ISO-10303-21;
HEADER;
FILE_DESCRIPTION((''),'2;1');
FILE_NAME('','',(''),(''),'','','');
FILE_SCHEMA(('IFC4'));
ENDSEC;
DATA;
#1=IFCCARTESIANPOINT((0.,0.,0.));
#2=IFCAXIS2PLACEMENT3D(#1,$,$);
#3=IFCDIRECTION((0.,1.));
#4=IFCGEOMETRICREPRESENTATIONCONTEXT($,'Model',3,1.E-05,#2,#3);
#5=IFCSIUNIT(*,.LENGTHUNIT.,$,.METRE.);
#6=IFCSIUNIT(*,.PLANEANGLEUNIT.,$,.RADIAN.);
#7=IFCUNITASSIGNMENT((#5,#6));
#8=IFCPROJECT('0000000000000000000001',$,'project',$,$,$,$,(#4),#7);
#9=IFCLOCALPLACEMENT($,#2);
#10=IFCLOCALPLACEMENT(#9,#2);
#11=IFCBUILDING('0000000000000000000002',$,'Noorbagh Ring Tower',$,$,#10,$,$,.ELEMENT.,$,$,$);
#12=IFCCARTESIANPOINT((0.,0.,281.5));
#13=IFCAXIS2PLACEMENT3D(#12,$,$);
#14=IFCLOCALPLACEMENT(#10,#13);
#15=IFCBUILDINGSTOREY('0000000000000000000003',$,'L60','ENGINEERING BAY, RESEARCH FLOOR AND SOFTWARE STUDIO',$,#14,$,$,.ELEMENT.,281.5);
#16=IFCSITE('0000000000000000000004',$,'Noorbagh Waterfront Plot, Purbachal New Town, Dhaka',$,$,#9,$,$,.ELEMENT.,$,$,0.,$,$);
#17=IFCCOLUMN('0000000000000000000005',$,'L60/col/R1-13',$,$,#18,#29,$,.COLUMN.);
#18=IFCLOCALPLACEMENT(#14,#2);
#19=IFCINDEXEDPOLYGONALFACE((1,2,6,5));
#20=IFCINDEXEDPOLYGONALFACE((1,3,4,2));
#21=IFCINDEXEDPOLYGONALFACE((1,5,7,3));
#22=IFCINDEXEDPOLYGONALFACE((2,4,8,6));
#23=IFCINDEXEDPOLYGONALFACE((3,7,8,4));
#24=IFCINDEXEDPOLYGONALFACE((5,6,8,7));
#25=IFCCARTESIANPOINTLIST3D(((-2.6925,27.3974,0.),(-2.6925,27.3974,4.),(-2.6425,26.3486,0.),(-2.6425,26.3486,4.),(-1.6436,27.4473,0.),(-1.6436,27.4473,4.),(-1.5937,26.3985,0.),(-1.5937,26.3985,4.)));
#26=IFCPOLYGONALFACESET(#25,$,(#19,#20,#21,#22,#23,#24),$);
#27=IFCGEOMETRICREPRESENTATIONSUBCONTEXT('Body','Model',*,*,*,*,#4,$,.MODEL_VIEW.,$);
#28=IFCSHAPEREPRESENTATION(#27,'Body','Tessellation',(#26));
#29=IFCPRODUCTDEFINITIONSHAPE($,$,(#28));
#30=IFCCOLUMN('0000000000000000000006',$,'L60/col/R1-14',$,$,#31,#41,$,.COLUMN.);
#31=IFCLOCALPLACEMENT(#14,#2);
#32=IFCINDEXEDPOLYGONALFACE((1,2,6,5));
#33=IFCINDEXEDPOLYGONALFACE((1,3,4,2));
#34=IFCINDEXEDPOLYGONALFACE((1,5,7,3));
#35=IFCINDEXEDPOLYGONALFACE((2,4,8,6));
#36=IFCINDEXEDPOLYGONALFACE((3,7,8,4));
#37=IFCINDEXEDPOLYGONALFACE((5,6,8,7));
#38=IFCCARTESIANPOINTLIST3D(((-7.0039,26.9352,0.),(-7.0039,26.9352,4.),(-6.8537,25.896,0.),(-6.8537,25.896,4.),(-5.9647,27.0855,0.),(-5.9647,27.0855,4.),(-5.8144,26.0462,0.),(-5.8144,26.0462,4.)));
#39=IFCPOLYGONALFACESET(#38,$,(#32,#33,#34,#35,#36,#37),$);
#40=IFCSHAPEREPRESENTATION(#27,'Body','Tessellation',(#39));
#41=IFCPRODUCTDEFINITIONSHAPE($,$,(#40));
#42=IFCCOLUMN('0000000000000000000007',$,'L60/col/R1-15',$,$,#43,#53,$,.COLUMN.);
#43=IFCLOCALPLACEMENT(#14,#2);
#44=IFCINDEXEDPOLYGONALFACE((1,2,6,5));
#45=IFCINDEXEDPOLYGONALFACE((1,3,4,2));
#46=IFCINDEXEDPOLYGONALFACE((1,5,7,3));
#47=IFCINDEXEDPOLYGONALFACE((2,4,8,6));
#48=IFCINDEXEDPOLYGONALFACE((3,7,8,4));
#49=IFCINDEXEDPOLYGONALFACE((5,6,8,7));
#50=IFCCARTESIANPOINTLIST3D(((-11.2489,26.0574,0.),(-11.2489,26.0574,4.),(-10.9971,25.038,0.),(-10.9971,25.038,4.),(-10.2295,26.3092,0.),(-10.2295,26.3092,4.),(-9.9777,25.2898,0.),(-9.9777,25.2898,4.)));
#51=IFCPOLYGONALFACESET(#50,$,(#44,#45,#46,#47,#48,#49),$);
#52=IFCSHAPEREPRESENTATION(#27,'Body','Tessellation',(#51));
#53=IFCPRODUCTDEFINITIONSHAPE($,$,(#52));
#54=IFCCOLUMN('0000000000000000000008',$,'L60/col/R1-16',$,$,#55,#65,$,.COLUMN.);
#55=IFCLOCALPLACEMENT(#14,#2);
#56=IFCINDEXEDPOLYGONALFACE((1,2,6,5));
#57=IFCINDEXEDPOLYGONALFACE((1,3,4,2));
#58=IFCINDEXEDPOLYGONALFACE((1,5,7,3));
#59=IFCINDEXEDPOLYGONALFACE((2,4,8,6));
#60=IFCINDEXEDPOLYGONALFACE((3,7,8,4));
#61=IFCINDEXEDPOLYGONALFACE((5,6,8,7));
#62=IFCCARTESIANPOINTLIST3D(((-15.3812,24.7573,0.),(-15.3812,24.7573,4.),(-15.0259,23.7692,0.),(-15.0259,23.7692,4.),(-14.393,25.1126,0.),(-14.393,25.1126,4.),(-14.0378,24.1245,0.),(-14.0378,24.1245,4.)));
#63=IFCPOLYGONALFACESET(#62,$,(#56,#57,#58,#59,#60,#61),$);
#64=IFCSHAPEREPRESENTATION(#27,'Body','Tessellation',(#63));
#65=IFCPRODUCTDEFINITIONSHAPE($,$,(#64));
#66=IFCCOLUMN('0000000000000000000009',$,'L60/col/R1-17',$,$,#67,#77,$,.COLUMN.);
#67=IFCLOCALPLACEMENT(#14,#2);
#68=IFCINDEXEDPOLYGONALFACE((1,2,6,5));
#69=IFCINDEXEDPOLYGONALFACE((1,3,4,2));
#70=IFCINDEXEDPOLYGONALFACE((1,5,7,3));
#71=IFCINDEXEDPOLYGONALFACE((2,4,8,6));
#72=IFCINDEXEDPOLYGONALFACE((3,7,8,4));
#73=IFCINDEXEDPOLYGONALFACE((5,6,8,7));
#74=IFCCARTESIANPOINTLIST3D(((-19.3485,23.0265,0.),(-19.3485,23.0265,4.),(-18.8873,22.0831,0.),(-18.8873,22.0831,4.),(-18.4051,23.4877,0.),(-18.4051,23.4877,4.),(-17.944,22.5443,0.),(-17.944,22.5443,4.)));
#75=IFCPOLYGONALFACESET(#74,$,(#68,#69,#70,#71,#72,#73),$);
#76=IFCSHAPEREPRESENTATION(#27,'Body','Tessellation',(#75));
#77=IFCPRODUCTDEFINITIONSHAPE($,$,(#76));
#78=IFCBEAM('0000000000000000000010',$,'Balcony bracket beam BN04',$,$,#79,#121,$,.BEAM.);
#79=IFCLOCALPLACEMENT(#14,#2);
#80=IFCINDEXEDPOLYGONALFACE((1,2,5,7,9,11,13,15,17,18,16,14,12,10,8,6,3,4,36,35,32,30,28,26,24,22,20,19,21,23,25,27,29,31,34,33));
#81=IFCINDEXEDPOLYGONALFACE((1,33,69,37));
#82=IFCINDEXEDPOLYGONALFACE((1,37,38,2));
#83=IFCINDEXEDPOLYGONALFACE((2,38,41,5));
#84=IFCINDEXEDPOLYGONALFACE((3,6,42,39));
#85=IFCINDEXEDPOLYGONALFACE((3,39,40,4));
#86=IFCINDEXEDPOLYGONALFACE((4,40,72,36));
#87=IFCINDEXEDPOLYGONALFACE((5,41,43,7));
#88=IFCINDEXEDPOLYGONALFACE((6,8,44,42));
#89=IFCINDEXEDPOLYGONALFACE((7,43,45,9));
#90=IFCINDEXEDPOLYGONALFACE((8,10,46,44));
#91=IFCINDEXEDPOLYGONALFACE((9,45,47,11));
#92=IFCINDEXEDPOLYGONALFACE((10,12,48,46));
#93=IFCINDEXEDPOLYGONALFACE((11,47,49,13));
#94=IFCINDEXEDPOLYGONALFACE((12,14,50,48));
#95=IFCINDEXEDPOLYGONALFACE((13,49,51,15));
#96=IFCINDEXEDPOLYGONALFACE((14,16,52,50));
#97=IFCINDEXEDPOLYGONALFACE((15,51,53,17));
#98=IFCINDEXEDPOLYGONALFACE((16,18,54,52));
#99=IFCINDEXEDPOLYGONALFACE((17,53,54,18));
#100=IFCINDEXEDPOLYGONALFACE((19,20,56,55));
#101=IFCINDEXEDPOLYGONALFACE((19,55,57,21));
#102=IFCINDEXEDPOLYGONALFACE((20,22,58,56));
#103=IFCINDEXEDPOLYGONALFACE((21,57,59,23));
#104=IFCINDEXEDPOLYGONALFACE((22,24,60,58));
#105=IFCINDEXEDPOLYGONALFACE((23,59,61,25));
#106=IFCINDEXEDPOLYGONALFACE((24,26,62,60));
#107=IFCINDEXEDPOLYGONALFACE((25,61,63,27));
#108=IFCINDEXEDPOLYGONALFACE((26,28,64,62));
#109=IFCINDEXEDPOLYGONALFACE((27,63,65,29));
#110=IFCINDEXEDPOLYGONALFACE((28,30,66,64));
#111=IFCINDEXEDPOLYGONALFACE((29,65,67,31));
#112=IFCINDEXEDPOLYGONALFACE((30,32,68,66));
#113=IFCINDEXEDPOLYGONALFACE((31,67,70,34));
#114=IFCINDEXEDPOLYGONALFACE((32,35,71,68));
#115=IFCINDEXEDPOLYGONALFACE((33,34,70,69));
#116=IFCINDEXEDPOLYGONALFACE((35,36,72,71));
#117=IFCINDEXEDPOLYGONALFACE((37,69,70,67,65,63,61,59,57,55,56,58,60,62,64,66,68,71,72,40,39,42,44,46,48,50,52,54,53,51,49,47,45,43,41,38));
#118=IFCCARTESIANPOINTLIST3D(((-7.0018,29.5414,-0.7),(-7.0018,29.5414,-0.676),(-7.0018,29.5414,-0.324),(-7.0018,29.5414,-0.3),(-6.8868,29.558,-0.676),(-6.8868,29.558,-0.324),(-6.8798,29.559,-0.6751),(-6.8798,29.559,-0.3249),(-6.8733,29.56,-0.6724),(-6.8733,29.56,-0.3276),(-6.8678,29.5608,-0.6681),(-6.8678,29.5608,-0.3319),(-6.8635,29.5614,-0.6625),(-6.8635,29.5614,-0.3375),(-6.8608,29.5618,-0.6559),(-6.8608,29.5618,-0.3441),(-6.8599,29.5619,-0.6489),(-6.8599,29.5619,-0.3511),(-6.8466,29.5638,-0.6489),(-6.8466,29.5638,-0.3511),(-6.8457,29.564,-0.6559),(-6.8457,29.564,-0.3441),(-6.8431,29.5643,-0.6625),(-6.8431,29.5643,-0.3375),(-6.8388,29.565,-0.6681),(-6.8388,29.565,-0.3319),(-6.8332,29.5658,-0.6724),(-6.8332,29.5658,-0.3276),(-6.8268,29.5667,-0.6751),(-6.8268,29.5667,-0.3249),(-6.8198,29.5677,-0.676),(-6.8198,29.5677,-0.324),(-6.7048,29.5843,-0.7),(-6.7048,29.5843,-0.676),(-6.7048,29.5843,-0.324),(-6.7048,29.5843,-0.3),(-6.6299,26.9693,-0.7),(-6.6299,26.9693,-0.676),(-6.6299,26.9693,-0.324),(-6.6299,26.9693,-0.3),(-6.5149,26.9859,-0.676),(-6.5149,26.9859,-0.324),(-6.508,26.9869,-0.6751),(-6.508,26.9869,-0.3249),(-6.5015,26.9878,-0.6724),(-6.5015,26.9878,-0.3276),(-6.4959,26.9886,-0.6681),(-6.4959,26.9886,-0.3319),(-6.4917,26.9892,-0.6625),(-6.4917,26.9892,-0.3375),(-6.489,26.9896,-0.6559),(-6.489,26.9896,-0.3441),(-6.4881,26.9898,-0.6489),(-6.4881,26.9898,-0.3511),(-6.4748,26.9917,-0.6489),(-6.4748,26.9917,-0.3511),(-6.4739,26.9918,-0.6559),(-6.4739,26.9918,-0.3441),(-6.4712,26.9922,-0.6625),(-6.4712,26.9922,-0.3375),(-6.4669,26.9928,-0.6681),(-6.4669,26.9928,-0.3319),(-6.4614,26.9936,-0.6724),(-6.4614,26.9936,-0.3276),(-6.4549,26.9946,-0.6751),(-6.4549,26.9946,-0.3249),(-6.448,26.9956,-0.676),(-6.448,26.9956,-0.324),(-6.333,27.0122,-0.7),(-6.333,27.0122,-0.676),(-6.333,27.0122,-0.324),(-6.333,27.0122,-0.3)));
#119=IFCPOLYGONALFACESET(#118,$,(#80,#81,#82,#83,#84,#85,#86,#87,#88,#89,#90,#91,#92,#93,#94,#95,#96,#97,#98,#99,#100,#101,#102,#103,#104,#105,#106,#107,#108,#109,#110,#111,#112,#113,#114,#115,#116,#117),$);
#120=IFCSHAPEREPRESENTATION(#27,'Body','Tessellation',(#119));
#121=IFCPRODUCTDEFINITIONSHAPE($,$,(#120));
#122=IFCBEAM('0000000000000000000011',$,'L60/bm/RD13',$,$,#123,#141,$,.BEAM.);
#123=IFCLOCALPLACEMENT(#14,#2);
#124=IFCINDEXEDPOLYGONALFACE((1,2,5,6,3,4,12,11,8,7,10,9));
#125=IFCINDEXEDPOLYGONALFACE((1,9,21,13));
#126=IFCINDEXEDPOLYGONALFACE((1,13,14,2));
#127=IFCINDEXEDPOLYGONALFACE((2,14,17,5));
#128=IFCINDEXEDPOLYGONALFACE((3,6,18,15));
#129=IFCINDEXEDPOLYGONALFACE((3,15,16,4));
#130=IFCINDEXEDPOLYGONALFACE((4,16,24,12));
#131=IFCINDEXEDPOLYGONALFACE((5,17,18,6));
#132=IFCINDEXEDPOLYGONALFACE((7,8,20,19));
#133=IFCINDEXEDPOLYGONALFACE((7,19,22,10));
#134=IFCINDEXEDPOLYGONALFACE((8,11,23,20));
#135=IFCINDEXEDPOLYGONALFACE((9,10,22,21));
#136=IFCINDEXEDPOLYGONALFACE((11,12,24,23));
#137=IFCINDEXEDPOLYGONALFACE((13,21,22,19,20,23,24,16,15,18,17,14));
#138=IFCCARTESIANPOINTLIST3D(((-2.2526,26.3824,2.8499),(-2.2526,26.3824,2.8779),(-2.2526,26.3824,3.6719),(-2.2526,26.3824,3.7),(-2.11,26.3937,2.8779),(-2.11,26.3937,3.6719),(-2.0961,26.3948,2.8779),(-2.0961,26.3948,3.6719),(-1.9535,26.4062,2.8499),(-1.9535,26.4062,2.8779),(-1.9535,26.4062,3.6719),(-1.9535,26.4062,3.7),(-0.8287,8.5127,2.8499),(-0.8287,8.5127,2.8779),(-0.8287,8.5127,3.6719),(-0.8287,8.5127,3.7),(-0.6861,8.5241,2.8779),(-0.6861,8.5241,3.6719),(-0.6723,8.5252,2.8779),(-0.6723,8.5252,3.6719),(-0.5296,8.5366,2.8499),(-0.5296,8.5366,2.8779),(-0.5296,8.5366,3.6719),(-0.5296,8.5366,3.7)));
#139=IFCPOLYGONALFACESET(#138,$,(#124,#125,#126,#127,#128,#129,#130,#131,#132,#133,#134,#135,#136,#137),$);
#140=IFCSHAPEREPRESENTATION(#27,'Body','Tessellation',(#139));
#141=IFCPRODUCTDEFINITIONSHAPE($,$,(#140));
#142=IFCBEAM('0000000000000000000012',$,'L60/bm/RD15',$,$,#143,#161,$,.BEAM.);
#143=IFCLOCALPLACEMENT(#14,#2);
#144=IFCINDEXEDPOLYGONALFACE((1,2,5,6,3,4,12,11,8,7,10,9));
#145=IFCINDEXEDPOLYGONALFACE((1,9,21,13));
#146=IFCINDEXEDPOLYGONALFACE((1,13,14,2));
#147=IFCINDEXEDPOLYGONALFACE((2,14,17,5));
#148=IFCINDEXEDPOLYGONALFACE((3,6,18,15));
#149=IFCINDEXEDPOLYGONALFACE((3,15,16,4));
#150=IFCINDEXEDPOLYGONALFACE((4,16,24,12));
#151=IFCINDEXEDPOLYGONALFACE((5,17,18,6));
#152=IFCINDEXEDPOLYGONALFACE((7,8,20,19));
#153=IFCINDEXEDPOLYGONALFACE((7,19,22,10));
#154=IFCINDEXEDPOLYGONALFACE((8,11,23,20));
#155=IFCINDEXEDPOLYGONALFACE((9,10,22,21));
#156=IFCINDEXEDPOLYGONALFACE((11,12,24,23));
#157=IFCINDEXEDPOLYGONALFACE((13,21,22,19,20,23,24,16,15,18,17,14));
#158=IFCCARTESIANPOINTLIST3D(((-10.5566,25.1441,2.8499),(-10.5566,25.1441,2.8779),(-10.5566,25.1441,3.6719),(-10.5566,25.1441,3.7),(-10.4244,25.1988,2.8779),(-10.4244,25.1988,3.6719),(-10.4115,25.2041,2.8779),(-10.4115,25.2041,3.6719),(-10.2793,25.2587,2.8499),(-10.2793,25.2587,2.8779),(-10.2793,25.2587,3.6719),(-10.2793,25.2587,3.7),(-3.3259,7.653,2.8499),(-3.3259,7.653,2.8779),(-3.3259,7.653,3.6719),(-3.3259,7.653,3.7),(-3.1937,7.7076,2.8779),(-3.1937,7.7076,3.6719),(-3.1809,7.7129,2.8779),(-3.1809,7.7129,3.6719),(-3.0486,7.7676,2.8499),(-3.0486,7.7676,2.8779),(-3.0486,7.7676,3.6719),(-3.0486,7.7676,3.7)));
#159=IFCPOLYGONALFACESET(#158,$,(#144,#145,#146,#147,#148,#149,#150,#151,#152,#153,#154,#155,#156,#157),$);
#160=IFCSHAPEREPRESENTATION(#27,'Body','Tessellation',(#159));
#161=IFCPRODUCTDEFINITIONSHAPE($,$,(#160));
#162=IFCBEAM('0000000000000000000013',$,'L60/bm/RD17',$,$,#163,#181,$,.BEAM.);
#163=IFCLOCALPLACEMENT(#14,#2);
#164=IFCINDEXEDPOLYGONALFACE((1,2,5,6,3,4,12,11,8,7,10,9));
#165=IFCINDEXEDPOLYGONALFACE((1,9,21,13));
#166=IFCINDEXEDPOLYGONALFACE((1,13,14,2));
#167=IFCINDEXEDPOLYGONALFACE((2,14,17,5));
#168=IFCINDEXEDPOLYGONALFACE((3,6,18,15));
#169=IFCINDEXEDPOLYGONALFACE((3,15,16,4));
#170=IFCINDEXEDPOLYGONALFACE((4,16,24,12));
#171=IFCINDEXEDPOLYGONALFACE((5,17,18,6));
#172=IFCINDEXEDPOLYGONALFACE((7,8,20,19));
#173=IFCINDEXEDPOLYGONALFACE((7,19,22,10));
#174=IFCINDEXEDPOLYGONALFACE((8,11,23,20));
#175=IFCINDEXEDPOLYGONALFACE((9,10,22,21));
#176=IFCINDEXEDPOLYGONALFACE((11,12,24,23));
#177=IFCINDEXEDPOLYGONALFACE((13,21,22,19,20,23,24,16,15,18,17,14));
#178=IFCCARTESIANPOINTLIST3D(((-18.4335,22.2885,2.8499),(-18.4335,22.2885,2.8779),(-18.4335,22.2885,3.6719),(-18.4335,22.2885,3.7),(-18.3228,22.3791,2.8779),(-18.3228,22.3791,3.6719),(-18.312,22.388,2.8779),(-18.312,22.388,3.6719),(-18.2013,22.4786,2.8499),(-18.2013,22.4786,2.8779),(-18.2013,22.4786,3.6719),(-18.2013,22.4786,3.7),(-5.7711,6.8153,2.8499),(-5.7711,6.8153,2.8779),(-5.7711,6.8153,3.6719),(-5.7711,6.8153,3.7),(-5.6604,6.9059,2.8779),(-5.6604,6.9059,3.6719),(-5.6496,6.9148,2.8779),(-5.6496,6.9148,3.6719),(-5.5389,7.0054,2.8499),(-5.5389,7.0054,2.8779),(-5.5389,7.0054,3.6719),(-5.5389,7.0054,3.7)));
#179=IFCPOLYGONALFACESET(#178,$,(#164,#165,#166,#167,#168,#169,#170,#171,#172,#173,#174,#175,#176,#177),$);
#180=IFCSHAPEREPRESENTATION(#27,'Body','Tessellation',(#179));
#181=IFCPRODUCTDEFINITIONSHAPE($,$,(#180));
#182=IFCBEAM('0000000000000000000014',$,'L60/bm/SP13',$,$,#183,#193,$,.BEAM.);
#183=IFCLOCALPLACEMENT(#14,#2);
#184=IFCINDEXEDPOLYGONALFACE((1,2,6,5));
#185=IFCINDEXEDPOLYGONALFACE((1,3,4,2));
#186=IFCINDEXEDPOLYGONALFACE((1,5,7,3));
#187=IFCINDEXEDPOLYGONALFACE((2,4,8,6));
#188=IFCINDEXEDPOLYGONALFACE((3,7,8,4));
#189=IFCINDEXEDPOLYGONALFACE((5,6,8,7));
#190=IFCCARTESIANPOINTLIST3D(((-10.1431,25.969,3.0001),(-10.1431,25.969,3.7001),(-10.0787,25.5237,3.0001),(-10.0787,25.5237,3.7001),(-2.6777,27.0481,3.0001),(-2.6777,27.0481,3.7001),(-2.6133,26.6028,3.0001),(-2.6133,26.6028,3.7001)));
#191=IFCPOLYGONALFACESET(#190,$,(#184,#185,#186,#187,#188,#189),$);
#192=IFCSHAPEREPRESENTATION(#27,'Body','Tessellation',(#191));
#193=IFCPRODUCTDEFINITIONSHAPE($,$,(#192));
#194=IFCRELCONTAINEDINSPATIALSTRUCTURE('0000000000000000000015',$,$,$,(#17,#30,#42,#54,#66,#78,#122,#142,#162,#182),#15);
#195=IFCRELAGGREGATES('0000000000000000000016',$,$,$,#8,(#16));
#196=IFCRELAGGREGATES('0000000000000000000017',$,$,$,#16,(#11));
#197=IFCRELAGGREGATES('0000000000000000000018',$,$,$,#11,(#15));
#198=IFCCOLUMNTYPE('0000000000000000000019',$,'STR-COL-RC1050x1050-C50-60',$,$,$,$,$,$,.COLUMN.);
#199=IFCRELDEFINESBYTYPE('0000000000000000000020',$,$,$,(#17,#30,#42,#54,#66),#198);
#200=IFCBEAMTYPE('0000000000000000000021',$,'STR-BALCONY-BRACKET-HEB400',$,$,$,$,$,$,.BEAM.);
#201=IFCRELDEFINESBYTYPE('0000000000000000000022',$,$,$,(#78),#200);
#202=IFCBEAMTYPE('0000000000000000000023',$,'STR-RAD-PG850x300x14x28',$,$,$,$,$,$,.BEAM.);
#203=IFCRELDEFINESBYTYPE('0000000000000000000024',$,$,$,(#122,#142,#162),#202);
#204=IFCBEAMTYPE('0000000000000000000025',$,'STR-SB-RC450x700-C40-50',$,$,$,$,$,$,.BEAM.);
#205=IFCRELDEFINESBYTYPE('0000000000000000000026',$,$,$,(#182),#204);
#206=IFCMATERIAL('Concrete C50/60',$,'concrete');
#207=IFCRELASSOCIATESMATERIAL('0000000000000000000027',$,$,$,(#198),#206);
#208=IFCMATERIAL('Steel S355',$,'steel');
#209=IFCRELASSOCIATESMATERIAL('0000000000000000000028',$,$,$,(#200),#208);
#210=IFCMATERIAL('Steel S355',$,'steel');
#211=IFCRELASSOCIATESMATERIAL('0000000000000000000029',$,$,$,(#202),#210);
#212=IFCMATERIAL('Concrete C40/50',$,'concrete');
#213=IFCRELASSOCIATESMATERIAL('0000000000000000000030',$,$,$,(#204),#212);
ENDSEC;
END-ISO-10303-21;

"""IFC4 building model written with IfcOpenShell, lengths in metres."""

from ifc_helpers import new_model, si_unit, direction, frame, origin, origin_2d, place, context, subcontext, project, spatial, rectangle, i_section, extrude, material, material_profile, profile_set, type_object, element, save


model = new_model("IFC4")

# Units and contexts
model_context = context("Model", 3, precision=1e-05, world=origin(), true_north=direction((0.0, 1.0)))
body_context = subcontext(model_context, "Body", "Model", "MODEL_VIEW")
ifc_project = project(units=[si_unit("LENGTHUNIT", "METRE"), si_unit("PLANEANGLEUNIT", "RADIAN")], contexts=[model_context])

# Site, building, storey
site_placement = place(None, origin())
site = spatial("IfcSite", under=ifc_project, at=site_placement, Name="Noorbagh Waterfront Plot, Purbachal New Town, Dhaka", CompositionType="ELEMENT", RefElevation=0.0)
building_placement = place(site_placement, origin())
building = spatial("IfcBuilding", under=site, at=building_placement, Name="Noorbagh Ring Tower", CompositionType="ELEMENT")
storey_placement = place(building_placement, frame((0.0, 0.0, 281.5)))
storey = spatial("IfcBuildingStorey", under=building, at=storey_placement, Name="L60", Description="ENGINEERING BAY, RESEARCH FLOOR AND SOFTWARE STUDIO", CompositionType="ELEMENT", Elevation=281.5)

# Columns
ifc_material_1 = material(Name="Concrete C50/60", Category="concrete")
ifc_material_profile_1 = material_profile(ifc_material_1, rectangle(XDim=1.05, YDim=1.05, at=origin_2d()), Name="RC1050x1050")
ifc_profile_set_1 = profile_set([ifc_material_profile_1], Name="Concrete C50/60")
column_type = type_object("IfcColumnType", Name="STR-COL-RC1050x1050-C50-60", PredefinedType="COLUMN", material=ifc_profile_set_1)
for number, where, z_axis, x_axis, name in (
    (1, (-2.1431, 26.8979, 0.0), (0.0, 0.0, 1.0), (-0.998869, -0.047553, 0.0), "L60/col/R1-13"),
    (2, (-6.4092, 26.4907, 0.0), (0.0, 0.0, 1.0), (-0.989713, -0.143066, 0.0), "L60/col/R1-14"),
    (3, (-10.6133, 25.6736, 0.0), (0.0, 0.0, 1.0), (-0.970829, -0.239771, 0.0), "L60/col/R1-15"),
    (4, (-14.7095, 24.4409, 0.0), (0.0, 0.0, 1.0), (-0.941025, -0.338338, 0.0), "L60/col/R1-16"),
    (5, (-18.6462, 22.7854, 0.0), (0.0, 0.0, 1.0), (-0.898399, -0.43918, 0.0), "L60/col/R1-17"),
):
    element("IfcColumn", number, at=place(storey_placement, frame(where, z_axis=z_axis, x_axis=x_axis)), inside=storey, type_object=column_type, Name=name, PredefinedType="COLUMN", context=body_context, shape_type="SweptSolid", body=[
        extrude(rectangle(XDim=1.05, YDim=1.05, at=origin_2d()), origin(), (0.0, 0.0, 1.0), 4.0),
    ])

# Beams
ifc_material_2 = material(Name="Steel S355", Category="steel")
ifc_material_profile_2 = material_profile(ifc_material_2, i_section(OverallWidth=0.3, OverallDepth=0.3999, WebThickness=0.0134, FlangeThickness=0.0239, FilletRadius=0.0271, at=origin_2d()), Name="HEB400")
ifc_profile_set_2 = profile_set([ifc_material_profile_2], Name="Steel S355")
beam_type_1 = type_object("IfcBeamType", Name="STR-BALCONY-BRACKET-HEB400", PredefinedType="BEAM", material=ifc_profile_set_2)
beam_1_placement = place(storey_placement, frame((-6.4814, 26.9907, -0.5), z_axis=(-0.143078, 0.989711, 0.0), x_axis=(-0.989711, -0.143078, 0.0)))
element("IfcBeam", 6, at=beam_1_placement, inside=storey, type_object=beam_type_1, Name="Balcony bracket beam BN04", PredefinedType="BEAM", context=body_context, shape_type="SweptSolid", body=[
    extrude(i_section(OverallWidth=0.3, OverallDepth=0.3999, WebThickness=0.0134, FlangeThickness=0.0239, FilletRadius=0.0271, at=origin_2d()), origin(), (0.0, 0.0, 1.0), 2.5989),
])
ifc_material_3 = material(Name="Steel S355", Category="steel")
ifc_material_profile_3 = material_profile(ifc_material_3, i_section(OverallWidth=0.3, OverallDepth=0.8501, WebThickness=0.0139, FlangeThickness=0.0281, at=origin_2d()), Name="PG850x300x14x28")
ifc_profile_set_3 = profile_set([ifc_material_profile_3], Name="Steel S355")
beam_type_2 = type_object("IfcBeamType", Name="STR-RAD-PG850x300x14x28", PredefinedType="BEAM", material=ifc_profile_set_3)
beam_2_placement = place(storey_placement, frame((-2.103, 26.3943, 3.2749), z_axis=(0.079427, -0.996841, 0.0), x_axis=(0.996841, 0.079427, 0.0)))
element("IfcBeam", 7, at=beam_2_placement, inside=storey, type_object=beam_type_2, Name="L60/bm/RD13", PredefinedType="BEAM", context=body_context, shape_type="SweptSolid", body=[
    extrude(i_section(OverallWidth=0.3, OverallDepth=0.8501, WebThickness=0.0139, FlangeThickness=0.0281, at=origin_2d()), origin(), (0.0, 0.0, 1.0), 17.9263),
])
beam_3_placement = place(storey_placement, frame((-10.418, 25.2014, 3.2749), z_axis=(0.382035, -0.924148, 0.0), x_axis=(0.924148, 0.382035, 0.0)))
element("IfcBeam", 8, at=beam_3_placement, inside=storey, type_object=beam_type_2, Name="L60/bm/RD15", PredefinedType="BEAM", context=body_context, shape_type="SweptSolid", body=[
    extrude(i_section(OverallWidth=0.3, OverallDepth=0.8501, WebThickness=0.0139, FlangeThickness=0.0281, at=origin_2d()), origin(), (0.0, 0.0, 1.0), 18.9268),
])
beam_4_placement = place(storey_placement, frame((-18.3174, 22.3835, 3.2749), z_axis=(0.633313, -0.773896, 0.0), x_axis=(0.773896, 0.633313, 0.0)))
element("IfcBeam", 9, at=beam_4_placement, inside=storey, type_object=beam_type_2, Name="L60/bm/RD17", PredefinedType="BEAM", context=body_context, shape_type="SweptSolid", body=[
    extrude(i_section(OverallWidth=0.3, OverallDepth=0.8501, WebThickness=0.0139, FlangeThickness=0.0281, at=origin_2d()), origin(), (0.0, 0.0, 1.0), 19.9939),
])
ifc_material_4 = material(Name="Concrete C40/50", Category="concrete")
ifc_material_profile_4 = material_profile(ifc_material_4, rectangle(XDim=0.45, YDim=0.7, at=origin_2d()), Name="RC450x700")
ifc_profile_set_4 = profile_set([ifc_material_profile_4], Name="Concrete C40/50")
beam_type_3 = type_object("IfcBeamType", Name="STR-SB-RC450x700-C40-50", PredefinedType="BEAM", material=ifc_profile_set_4)
beam_5_placement = place(storey_placement, frame((-2.6455, 26.8254, 3.3501), z_axis=(-0.989714, -0.143062, 0.0), x_axis=(0.143062, -0.989714, 0.0)))
element("IfcBeam", 10, at=beam_5_placement, inside=storey, type_object=beam_type_3, Name="L60/bm/SP13", PredefinedType="BEAM", context=body_context, shape_type="SweptSolid", body=[
    extrude(rectangle(XDim=0.45, YDim=0.7, at=origin_2d()), origin(), (0.0, 0.0, 1.0), 7.543),
])

save(model, "model.ifc")
